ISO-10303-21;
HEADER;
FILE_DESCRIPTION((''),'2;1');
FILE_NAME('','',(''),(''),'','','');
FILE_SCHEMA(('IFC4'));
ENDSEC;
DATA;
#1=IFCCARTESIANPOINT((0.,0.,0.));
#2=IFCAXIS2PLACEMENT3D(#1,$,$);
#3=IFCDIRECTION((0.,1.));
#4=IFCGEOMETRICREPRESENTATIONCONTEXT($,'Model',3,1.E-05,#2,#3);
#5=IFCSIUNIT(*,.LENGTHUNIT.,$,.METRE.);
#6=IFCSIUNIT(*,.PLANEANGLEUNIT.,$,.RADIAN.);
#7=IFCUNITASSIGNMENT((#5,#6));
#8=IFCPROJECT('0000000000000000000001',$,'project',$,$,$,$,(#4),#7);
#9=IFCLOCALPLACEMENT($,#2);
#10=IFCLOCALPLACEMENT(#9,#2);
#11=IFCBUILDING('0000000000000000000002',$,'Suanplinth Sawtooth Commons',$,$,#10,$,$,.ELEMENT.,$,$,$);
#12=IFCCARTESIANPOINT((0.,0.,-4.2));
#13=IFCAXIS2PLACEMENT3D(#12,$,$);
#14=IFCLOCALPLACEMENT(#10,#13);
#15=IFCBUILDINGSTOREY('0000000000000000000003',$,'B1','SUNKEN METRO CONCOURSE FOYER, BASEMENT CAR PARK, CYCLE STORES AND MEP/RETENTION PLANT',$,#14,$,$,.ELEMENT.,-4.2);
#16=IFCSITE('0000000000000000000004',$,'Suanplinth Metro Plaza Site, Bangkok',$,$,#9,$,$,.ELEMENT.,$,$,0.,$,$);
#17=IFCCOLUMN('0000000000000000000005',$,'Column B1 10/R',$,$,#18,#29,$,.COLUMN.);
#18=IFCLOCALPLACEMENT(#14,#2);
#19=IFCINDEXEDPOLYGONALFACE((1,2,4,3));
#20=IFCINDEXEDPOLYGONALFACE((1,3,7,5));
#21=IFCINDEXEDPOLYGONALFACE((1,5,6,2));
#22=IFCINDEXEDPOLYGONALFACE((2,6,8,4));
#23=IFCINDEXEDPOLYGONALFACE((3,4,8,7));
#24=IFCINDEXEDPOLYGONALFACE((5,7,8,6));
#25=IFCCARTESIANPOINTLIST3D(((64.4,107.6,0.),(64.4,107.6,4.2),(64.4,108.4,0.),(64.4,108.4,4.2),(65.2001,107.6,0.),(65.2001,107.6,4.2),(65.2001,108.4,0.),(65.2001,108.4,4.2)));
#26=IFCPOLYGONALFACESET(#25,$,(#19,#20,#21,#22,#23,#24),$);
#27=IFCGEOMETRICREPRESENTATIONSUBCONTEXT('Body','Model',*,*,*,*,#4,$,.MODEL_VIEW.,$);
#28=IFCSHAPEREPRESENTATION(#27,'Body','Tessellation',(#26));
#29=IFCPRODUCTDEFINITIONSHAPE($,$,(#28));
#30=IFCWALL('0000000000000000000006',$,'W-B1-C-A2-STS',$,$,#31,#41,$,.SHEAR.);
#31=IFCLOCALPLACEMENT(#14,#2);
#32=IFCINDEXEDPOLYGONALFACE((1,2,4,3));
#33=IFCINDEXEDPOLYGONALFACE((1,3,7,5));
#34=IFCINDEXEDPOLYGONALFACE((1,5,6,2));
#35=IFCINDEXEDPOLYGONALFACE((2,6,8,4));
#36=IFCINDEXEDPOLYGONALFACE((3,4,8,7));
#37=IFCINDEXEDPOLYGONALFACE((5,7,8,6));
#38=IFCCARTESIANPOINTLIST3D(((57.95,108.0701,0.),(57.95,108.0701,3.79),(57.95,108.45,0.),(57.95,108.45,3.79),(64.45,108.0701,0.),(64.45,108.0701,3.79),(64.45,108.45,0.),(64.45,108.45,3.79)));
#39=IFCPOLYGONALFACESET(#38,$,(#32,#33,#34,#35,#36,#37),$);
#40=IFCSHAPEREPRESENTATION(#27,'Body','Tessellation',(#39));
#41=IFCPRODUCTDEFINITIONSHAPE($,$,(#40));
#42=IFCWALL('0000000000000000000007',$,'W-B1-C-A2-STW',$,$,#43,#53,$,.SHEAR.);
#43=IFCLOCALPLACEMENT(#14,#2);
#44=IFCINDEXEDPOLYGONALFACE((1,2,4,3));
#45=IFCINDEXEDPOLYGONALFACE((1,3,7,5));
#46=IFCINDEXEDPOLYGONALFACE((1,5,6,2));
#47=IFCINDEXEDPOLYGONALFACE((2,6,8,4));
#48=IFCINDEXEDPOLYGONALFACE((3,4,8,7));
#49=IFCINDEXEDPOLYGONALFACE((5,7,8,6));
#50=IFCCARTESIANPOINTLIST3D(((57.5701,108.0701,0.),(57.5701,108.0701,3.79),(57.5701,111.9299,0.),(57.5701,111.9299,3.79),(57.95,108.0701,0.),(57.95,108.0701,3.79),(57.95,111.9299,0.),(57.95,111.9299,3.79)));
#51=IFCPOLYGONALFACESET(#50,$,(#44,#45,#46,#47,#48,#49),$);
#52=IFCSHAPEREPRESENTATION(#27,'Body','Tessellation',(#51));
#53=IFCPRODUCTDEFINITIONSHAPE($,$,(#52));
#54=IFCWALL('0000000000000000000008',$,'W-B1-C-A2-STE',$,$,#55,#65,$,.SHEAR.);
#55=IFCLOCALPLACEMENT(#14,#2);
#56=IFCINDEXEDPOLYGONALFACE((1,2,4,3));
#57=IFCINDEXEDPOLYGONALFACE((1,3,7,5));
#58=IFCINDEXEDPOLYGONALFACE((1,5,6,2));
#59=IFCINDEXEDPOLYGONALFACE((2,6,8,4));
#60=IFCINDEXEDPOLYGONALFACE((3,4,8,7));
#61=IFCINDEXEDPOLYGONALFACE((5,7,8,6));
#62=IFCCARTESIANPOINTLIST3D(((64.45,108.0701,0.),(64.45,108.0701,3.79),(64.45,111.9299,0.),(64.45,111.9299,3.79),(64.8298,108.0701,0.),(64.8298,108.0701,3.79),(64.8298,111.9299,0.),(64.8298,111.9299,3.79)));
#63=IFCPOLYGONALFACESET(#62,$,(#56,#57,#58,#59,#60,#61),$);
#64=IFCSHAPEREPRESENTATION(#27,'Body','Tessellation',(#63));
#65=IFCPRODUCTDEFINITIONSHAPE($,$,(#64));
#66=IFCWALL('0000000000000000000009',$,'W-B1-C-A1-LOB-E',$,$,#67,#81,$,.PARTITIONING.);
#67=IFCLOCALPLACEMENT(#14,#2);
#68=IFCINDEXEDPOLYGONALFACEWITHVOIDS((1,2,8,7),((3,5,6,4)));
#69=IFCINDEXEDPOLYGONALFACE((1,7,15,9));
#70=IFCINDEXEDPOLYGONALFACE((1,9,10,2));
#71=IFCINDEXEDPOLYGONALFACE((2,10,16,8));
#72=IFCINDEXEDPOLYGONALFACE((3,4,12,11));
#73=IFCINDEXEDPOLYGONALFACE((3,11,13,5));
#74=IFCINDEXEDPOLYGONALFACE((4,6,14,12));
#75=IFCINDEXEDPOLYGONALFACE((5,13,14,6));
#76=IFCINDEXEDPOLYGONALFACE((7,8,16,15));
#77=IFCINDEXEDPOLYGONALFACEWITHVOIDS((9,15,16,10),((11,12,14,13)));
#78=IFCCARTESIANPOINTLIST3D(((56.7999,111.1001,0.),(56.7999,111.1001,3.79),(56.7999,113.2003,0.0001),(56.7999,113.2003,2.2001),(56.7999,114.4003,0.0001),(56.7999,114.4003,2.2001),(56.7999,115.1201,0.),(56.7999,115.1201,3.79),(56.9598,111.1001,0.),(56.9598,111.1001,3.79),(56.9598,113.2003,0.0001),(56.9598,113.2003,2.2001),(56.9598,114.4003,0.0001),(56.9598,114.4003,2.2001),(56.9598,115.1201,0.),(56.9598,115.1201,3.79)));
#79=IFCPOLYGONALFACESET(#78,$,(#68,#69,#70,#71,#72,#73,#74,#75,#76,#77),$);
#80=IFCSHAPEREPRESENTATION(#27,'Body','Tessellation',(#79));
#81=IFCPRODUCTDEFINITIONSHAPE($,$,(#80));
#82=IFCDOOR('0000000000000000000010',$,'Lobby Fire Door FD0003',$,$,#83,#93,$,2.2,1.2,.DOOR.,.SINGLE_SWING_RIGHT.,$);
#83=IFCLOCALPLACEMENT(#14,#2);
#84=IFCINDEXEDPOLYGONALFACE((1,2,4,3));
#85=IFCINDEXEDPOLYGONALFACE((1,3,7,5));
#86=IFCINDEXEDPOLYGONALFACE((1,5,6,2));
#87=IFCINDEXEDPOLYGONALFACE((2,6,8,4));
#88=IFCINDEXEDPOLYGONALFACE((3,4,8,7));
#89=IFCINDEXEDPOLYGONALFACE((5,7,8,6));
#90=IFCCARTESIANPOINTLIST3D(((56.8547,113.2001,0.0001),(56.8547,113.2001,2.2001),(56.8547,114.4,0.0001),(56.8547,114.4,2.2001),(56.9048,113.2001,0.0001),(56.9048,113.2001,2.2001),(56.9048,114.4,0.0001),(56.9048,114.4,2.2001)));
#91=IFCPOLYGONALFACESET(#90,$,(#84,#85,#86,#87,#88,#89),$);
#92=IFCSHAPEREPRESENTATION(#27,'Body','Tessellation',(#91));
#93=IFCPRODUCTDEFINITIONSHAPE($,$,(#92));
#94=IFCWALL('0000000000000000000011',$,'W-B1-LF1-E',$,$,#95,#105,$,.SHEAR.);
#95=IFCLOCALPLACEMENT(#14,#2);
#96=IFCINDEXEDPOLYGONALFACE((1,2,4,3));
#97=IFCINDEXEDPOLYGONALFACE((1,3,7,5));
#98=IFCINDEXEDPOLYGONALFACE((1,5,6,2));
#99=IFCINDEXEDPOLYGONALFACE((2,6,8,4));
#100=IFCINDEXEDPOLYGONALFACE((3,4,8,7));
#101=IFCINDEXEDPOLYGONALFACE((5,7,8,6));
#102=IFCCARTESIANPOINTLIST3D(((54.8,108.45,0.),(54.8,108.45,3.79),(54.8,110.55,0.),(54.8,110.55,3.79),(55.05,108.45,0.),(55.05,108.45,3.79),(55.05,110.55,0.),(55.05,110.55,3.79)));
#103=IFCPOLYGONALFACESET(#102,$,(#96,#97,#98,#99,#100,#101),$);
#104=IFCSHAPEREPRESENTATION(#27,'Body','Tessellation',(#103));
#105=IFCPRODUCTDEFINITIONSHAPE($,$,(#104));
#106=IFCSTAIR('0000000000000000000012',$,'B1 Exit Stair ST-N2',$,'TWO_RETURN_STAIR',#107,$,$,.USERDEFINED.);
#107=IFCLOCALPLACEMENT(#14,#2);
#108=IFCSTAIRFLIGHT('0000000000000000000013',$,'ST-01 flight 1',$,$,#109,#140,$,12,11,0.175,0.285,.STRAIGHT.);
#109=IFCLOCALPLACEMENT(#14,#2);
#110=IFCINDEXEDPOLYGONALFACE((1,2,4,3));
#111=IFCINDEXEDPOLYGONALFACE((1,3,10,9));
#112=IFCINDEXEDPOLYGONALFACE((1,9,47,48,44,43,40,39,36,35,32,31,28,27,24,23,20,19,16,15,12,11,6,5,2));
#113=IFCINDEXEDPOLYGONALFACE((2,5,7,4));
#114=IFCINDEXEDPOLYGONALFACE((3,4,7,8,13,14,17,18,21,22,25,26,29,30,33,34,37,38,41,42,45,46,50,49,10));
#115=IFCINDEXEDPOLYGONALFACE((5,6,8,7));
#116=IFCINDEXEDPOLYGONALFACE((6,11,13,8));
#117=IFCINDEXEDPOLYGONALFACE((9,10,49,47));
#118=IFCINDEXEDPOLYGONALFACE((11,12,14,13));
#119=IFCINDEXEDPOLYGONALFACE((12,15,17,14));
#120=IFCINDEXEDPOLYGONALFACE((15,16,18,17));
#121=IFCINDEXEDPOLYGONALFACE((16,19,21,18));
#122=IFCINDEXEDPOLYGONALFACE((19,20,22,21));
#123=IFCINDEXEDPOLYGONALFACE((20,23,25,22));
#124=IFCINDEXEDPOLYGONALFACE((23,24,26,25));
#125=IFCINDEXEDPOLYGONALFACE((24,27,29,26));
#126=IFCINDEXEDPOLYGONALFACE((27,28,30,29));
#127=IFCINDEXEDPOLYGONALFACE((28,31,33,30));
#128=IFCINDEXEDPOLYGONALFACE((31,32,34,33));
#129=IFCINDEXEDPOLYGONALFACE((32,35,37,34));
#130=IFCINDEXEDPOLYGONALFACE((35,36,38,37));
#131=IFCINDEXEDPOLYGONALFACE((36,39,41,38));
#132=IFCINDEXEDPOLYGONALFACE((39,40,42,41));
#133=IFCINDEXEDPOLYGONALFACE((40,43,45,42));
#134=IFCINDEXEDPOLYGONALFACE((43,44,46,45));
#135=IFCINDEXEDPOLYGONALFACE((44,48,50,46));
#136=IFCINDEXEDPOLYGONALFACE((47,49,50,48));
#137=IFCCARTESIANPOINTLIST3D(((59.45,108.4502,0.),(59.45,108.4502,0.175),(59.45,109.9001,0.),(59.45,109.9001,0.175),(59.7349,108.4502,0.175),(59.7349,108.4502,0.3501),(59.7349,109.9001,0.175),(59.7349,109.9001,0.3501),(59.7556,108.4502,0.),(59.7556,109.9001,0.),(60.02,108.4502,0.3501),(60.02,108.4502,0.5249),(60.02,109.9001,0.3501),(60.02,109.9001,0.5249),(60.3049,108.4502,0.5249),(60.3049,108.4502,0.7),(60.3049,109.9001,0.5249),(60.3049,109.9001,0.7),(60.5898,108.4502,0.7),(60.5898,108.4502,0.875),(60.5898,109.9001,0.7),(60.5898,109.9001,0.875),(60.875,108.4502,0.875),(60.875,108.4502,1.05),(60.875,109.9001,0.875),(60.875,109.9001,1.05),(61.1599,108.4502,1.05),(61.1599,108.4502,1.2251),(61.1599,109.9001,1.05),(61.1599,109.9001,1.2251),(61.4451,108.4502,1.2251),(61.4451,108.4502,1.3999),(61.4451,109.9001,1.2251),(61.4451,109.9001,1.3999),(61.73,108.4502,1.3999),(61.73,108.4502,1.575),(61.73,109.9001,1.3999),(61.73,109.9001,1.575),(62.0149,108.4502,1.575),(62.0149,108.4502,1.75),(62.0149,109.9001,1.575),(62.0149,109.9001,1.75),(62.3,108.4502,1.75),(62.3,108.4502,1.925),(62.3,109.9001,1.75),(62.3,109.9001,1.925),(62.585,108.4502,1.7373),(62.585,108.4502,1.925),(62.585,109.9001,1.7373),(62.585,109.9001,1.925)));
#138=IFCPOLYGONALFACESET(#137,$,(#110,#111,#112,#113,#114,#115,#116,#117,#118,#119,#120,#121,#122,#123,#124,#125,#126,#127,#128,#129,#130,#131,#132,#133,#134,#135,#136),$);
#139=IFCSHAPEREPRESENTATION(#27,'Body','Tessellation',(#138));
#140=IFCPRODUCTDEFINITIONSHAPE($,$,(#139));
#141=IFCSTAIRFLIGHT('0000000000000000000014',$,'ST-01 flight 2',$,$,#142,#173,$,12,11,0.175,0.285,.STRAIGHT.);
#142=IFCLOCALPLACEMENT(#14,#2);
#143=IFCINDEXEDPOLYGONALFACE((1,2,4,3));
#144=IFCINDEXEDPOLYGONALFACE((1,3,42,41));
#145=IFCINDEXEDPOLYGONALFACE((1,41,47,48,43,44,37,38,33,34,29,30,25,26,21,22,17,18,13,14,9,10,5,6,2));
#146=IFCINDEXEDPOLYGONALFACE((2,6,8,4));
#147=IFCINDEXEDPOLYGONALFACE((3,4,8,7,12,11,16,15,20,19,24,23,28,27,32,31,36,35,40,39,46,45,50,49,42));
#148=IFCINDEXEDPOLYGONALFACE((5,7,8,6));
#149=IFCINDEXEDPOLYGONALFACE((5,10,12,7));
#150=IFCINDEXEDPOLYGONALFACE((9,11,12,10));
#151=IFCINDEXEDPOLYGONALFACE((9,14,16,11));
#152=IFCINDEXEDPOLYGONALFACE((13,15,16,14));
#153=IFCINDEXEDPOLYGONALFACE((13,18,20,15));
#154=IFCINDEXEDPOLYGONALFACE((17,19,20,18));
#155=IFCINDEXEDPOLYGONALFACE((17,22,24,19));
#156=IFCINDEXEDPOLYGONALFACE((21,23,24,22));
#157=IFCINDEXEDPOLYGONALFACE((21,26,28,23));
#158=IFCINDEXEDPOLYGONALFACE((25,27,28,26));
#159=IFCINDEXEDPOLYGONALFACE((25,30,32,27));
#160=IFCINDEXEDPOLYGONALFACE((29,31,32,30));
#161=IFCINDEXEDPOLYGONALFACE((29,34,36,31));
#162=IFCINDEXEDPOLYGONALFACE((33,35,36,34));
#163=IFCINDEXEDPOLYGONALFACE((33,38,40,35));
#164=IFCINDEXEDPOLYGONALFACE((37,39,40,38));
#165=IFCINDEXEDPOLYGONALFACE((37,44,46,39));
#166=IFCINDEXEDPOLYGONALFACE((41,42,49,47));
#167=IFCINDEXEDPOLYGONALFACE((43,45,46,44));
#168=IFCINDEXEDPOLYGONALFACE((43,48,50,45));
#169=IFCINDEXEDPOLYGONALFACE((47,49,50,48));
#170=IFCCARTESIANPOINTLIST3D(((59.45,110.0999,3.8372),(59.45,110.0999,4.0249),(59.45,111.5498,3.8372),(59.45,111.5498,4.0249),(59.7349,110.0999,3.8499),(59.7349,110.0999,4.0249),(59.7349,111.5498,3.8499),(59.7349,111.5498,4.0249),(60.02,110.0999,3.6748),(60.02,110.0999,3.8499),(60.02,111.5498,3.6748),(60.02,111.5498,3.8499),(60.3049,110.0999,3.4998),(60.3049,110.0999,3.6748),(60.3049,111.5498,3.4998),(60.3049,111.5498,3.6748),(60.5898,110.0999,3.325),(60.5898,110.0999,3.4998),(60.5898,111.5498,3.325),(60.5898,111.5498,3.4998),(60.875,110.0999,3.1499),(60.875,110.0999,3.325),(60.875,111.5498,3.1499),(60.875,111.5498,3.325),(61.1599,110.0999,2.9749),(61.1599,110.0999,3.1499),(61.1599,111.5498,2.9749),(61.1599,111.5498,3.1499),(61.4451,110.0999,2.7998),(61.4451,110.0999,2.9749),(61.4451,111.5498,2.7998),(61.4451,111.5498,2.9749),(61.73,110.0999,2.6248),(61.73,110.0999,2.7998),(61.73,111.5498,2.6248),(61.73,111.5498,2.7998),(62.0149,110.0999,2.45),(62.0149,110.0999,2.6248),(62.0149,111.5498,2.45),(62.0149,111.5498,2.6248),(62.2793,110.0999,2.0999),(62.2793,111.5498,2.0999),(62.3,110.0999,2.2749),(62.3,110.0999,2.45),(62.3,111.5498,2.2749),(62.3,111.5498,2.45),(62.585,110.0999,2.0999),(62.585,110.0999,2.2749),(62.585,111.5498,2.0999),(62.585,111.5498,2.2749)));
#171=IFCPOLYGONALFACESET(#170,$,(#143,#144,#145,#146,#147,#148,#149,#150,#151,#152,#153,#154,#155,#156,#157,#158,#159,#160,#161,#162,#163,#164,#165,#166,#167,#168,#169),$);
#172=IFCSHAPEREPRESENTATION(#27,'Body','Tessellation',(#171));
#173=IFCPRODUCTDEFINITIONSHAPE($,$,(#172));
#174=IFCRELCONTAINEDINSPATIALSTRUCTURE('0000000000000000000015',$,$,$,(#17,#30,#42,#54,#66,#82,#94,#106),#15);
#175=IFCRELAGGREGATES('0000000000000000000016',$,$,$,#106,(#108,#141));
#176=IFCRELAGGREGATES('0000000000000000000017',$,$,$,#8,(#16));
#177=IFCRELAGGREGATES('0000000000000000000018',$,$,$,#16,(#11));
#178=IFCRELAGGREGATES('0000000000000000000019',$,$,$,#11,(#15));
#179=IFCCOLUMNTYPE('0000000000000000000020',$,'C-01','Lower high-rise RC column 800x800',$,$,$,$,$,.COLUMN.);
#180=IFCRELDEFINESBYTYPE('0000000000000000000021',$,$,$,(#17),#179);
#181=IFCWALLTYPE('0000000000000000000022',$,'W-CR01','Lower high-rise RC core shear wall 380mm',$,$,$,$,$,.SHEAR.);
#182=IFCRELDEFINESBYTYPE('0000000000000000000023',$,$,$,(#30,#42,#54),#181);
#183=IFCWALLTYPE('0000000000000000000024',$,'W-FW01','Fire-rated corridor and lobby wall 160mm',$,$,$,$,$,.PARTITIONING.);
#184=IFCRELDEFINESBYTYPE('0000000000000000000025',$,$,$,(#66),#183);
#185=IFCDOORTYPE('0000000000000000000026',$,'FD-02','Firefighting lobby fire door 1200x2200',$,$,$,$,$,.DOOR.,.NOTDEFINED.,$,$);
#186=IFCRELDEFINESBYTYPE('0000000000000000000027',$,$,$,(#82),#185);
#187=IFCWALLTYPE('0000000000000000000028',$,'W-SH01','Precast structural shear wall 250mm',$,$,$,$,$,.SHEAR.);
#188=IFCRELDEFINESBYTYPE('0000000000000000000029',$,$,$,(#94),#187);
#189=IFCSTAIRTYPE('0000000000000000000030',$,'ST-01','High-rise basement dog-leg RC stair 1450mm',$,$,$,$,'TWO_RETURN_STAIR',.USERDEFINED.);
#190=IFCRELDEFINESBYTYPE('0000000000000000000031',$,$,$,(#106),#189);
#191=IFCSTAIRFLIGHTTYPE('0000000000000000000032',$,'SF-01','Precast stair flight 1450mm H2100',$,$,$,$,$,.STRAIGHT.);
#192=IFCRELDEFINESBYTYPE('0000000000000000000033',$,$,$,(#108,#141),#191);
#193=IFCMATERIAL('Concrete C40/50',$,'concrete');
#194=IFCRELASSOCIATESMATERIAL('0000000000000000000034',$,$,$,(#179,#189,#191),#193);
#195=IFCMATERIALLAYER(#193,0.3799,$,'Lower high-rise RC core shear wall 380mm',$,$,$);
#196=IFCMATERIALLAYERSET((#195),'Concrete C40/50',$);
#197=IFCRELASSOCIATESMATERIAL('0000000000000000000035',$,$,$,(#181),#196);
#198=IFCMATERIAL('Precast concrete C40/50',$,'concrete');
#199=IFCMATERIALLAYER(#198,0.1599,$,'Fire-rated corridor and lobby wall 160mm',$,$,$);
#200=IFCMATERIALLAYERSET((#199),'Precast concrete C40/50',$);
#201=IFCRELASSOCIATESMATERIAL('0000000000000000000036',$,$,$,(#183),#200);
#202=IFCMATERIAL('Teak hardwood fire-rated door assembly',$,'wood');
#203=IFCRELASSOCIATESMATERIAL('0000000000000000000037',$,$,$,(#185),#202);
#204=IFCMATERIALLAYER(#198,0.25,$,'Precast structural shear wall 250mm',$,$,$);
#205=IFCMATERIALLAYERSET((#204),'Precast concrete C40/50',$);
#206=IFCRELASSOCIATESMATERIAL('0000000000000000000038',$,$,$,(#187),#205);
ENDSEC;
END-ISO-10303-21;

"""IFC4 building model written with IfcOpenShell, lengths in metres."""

from ifc_helpers import new_model, si_unit, direction, frame, frame_2d, origin, origin_2d, place, context, subcontext, project, spatial, polyline, rectangle, outline, extrude, material, layer, layer_set, material_profile, profile_set, type_object, element, fill, aggregate, save


model = new_model("IFC4")

# Units and contexts
model_context = context("Model", 3, precision=1e-05, world=origin(), true_north=direction((0.0, 1.0)))
body_context = subcontext(model_context, "Body", "Model", "MODEL_VIEW")
ifc_project = project(units=[si_unit("LENGTHUNIT", "METRE"), si_unit("PLANEANGLEUNIT", "RADIAN")], contexts=[model_context])

# Site, building, storey
site_placement = place(None, origin())
site = spatial("IfcSite", under=ifc_project, at=site_placement, Name="Suanplinth Metro Plaza Site, Bangkok", CompositionType="ELEMENT", RefElevation=0.0)
building_placement = place(site_placement, origin())
building = spatial("IfcBuilding", under=site, at=building_placement, Name="Suanplinth Sawtooth Commons", CompositionType="ELEMENT")
storey_placement = place(building_placement, frame((0.0, 0.0, -4.2)))
storey = spatial("IfcBuildingStorey", under=building, at=storey_placement, Name="B1", Description="SUNKEN METRO CONCOURSE FOYER, BASEMENT CAR PARK, CYCLE STORES AND MEP/RETENTION PLANT", CompositionType="ELEMENT", Elevation=-4.2)

# Column
ifc_material_1 = material(Name="Concrete C40/50", Category="concrete")
ifc_material_profile_1 = material_profile(ifc_material_1, rectangle(XDim=0.8, YDim=0.8, at=origin_2d()), Name="RC-COL 800x800")
ifc_profile_set_1 = profile_set([ifc_material_profile_1], Name="Concrete C40/50")
column_type = type_object("IfcColumnType", Name="C-01", Description="Lower high-rise RC column 800x800", PredefinedType="COLUMN", material=ifc_profile_set_1)
column_placement = place(storey_placement, frame((64.8, 108.0, 0.0), z_axis=(0.0, 0.0, 1.0), x_axis=(1.0, 0.0, 0.0)))
element("IfcColumn", 1, at=column_placement, inside=storey, type_object=column_type, Name="Column B1 10/R", PredefinedType="COLUMN", context=body_context, shape_type="SweptSolid", body=[
    extrude(rectangle(XDim=0.8, YDim=0.8, at=origin_2d()), origin(), (0.0, 0.0, 1.0), 4.2),
])

# Walls
ifc_layer_1 = layer(ifc_material_1, 0.3799, Name="Lower high-rise RC core shear wall 380mm")
ifc_layer_set_1 = layer_set([ifc_layer_1], Name="Concrete C40/50")
wall_type_1 = type_object("IfcWallType", Name="W-CR01", Description="Lower high-rise RC core shear wall 380mm", PredefinedType="SHEAR", material=ifc_layer_set_1)
wall_1_placement = place(storey_placement, frame((57.95, 108.26, 0.0), z_axis=(0.0, 0.0, 1.0), x_axis=(1.0, 0.0, 0.0)))
element("IfcWall", 2, at=wall_1_placement, inside=storey, type_object=wall_type_1, Name="W-B1-C-A2-STS", PredefinedType="SHEAR", context=body_context, shape_type="SweptSolid", body=[
    extrude(rectangle(XDim=6.5, YDim=0.3799, at=frame_2d((3.25, 0.0))), origin(), (0.0, 0.0, 1.0), 3.79),
])
for number, where, z_axis, x_axis, name in (
    (3, (57.76, 108.0701, 0.0), (0.0, 0.0, 1.0), (0.0, 1.0, 0.0), "W-B1-C-A2-STW"),
    (4, (64.6399, 108.0701, 0.0), (0.0, 0.0, 1.0), (0.0, 1.0, 0.0), "W-B1-C-A2-STE"),
):
    element("IfcWall", number, at=place(storey_placement, frame(where, z_axis=z_axis, x_axis=x_axis)), inside=storey, type_object=wall_type_1, Name=name, PredefinedType="SHEAR", context=body_context, shape_type="SweptSolid", body=[
        extrude(rectangle(XDim=3.8599, YDim=0.3799, at=frame_2d((1.9299, 0.0))), origin(), (0.0, 0.0, 1.0), 3.79),
    ])

# Wall, opening, door
ifc_material_2 = material(Name="Precast concrete C40/50", Category="concrete")
ifc_layer_2 = layer(ifc_material_2, 0.1599, Name="Fire-rated corridor and lobby wall 160mm")
ifc_layer_set_2 = layer_set([ifc_layer_2], Name="Precast concrete C40/50")
wall_type_2 = type_object("IfcWallType", Name="W-FW01", Description="Fire-rated corridor and lobby wall 160mm", PredefinedType="PARTITIONING", material=ifc_layer_set_2)
wall_2_placement = place(storey_placement, frame((56.8799, 111.1001, 0.0), z_axis=(0.0, 0.0, 1.0), x_axis=(0.0, 1.0, 0.0)))
wall_2 = element("IfcWall", 5, at=wall_2_placement, inside=storey, type_object=wall_type_2, Name="W-B1-C-A1-LOB-E", PredefinedType="PARTITIONING", context=body_context, shape_type="SweptSolid", body=[
    extrude(rectangle(XDim=4.02, YDim=0.1599, at=frame_2d((2.01, 0.0))), origin(), (0.0, 0.0, 1.0), 3.79),
])
opening_placement = place(wall_2_placement, frame((2.1001, 0.0, 0.0)))
opening = element("IfcOpeningElement", 6, at=opening_placement, cuts=wall_2, PredefinedType="OPENING", context=body_context, shape_type="SweptSolid", body=[
    extrude(rectangle(XDim=1.2, YDim=2.2, at=frame_2d((0.6001, 1.1001))), frame((0.0, 0.0947, 0.0), z_axis=(0.0, -1.0, 0.0), x_axis=(1.0, 0.0, 0.0)), (0.0, 0.0, 1.0), 0.1897),
])
ifc_material_3 = material(Name="Teak hardwood fire-rated door assembly", Category="wood")
door_type = type_object("IfcDoorType", Name="FD-02", Description="Firefighting lobby fire door 1200x2200", OperationType="NOTDEFINED", PredefinedType="DOOR", material=ifc_material_3)
door_placement = place(opening_placement, frame((1.2, 0.0, 0.0), z_axis=(0.0, 0.0, 1.0), x_axis=(-1.0, 0.0, 0.0)))
door = element("IfcDoor", 7, at=door_placement, inside=storey, type_object=door_type, Name="Lobby Fire Door FD0003", OperationType="SINGLE_SWING_RIGHT", OverallHeight=2.2, OverallWidth=1.2, PredefinedType="DOOR", context=body_context, shape_type="SweptSolid", body=[
    extrude(rectangle(XDim=1.2, YDim=2.2, at=frame_2d((0.6001, 1.1001))), frame((0.0, 0.0249, 0.0), z_axis=(0.0, -1.0, 0.0), x_axis=(1.0, 0.0, 0.0)), (0.0, 0.0, 1.0), 0.05),
])
fill(opening, door)

# Wall
ifc_layer_3 = layer(ifc_material_2, 0.25, Name="Precast structural shear wall 250mm")
ifc_layer_set_3 = layer_set([ifc_layer_3], Name="Precast concrete C40/50")
wall_type_3 = type_object("IfcWallType", Name="W-SH01", Description="Precast structural shear wall 250mm", PredefinedType="SHEAR", material=ifc_layer_set_3)
wall_3_placement = place(storey_placement, frame((54.925, 108.45, 0.0), z_axis=(0.0, 0.0, 1.0), x_axis=(0.0, 1.0, 0.0)))
element("IfcWall", 8, at=wall_3_placement, inside=storey, type_object=wall_type_3, Name="W-B1-LF1-E", PredefinedType="SHEAR", context=body_context, shape_type="SweptSolid", body=[
    extrude(rectangle(XDim=2.1001, YDim=0.25, at=frame_2d((1.05, 0.0))), origin(), (0.0, 0.0, 1.0), 3.79),
])

# Stair, stair flights
stair_type = type_object("IfcStairType", Name="ST-01", Description="High-rise basement dog-leg RC stair 1450mm", ElementType="TWO_RETURN_STAIR", PredefinedType="USERDEFINED", material=ifc_material_1)
stair_placement = place(storey_placement, origin())
stair = element("IfcStair", 9, at=stair_placement, inside=storey, type_object=stair_type, Name="B1 Exit Stair ST-N2", ObjectType="TWO_RETURN_STAIR", PredefinedType="USERDEFINED")
stair_flight_type = type_object("IfcStairFlightType", Name="SF-01", Description="Precast stair flight 1450mm H2100", PredefinedType="STRAIGHT", material=ifc_material_1)
stair_flight_1_placement = place(storey_placement, frame((59.45, 109.175, 0.0), z_axis=(0.0, 0.0, 1.0), x_axis=(1.0, 0.0, 0.0)))
stair_flight_1 = element("IfcStairFlight", 10, at=stair_flight_1_placement, type_object=stair_flight_type, Name="ST-01 flight 1", NumberOfRisers=12, NumberOfTreads=11, PredefinedType="STRAIGHT", RiserHeight=0.175, TreadLength=0.285, context=body_context, shape_type="SweptSolid", body=[
    extrude(outline(polyline([(0.0, 0.0), (0.0, 0.175), (0.2849, 0.175), (0.2849, 0.3501), (0.5701, 0.3501), (0.5701, 0.5249), (0.855, 0.5249), (0.855, 0.7), (1.1399, 0.7), (1.1399, 0.875), (1.425, 0.875), (1.425, 1.05), (1.71, 1.05), (1.71, 1.2251), (1.9951, 1.2251), (1.9951, 1.3999), (2.28, 1.3999), (2.28, 1.575), (2.5649, 1.575), (2.5649, 1.75), (2.8501, 1.75), (2.8501, 1.925), (3.135, 1.925), (3.135, 2.1001), (3.135, 1.7373), (0.3057, 0.0), (0.0, 0.0)])), frame((0.0, 0.7251, 0.0), z_axis=(0.0, -1.0, 0.0), x_axis=(1.0, 0.0, 0.0)), (0.0, 0.0, 1.0), 1.45),
])
stair_flight_2_placement = place(storey_placement, frame((62.585, 110.825, 2.0999), z_axis=(0.0, 0.0, 1.0), x_axis=(-1.0, 0.0, 0.0)))
stair_flight_2 = element("IfcStairFlight", 11, at=stair_flight_2_placement, type_object=stair_flight_type, Name="ST-01 flight 2", NumberOfRisers=12, NumberOfTreads=11, PredefinedType="STRAIGHT", RiserHeight=0.175, TreadLength=0.285, context=body_context, shape_type="SweptSolid", body=[
    extrude(outline(polyline([(0.0, 0.0), (0.0, 0.175), (0.2849, 0.175), (0.2849, 0.3501), (0.5701, 0.3501), (0.5701, 0.5249), (0.855, 0.5249), (0.855, 0.7), (1.1399, 0.7), (1.1399, 0.875), (1.425, 0.875), (1.425, 1.05), (1.71, 1.05), (1.71, 1.2251), (1.9951, 1.2251), (1.9951, 1.3999), (2.28, 1.3999), (2.28, 1.575), (2.5649, 1.575), (2.5649, 1.75), (2.8501, 1.75), (2.8501, 1.925), (3.135, 1.925), (3.135, 2.1001), (3.135, 1.7373), (0.3057, 0.0), (0.0, 0.0)])), frame((0.0, 0.7251, 0.0), z_axis=(0.0, -1.0, 0.0), x_axis=(1.0, 0.0, 0.0)), (0.0, 0.0, 1.0), 1.45),
])
aggregate(stair, [stair_flight_1, stair_flight_2])

save(model, "model.ifc")
